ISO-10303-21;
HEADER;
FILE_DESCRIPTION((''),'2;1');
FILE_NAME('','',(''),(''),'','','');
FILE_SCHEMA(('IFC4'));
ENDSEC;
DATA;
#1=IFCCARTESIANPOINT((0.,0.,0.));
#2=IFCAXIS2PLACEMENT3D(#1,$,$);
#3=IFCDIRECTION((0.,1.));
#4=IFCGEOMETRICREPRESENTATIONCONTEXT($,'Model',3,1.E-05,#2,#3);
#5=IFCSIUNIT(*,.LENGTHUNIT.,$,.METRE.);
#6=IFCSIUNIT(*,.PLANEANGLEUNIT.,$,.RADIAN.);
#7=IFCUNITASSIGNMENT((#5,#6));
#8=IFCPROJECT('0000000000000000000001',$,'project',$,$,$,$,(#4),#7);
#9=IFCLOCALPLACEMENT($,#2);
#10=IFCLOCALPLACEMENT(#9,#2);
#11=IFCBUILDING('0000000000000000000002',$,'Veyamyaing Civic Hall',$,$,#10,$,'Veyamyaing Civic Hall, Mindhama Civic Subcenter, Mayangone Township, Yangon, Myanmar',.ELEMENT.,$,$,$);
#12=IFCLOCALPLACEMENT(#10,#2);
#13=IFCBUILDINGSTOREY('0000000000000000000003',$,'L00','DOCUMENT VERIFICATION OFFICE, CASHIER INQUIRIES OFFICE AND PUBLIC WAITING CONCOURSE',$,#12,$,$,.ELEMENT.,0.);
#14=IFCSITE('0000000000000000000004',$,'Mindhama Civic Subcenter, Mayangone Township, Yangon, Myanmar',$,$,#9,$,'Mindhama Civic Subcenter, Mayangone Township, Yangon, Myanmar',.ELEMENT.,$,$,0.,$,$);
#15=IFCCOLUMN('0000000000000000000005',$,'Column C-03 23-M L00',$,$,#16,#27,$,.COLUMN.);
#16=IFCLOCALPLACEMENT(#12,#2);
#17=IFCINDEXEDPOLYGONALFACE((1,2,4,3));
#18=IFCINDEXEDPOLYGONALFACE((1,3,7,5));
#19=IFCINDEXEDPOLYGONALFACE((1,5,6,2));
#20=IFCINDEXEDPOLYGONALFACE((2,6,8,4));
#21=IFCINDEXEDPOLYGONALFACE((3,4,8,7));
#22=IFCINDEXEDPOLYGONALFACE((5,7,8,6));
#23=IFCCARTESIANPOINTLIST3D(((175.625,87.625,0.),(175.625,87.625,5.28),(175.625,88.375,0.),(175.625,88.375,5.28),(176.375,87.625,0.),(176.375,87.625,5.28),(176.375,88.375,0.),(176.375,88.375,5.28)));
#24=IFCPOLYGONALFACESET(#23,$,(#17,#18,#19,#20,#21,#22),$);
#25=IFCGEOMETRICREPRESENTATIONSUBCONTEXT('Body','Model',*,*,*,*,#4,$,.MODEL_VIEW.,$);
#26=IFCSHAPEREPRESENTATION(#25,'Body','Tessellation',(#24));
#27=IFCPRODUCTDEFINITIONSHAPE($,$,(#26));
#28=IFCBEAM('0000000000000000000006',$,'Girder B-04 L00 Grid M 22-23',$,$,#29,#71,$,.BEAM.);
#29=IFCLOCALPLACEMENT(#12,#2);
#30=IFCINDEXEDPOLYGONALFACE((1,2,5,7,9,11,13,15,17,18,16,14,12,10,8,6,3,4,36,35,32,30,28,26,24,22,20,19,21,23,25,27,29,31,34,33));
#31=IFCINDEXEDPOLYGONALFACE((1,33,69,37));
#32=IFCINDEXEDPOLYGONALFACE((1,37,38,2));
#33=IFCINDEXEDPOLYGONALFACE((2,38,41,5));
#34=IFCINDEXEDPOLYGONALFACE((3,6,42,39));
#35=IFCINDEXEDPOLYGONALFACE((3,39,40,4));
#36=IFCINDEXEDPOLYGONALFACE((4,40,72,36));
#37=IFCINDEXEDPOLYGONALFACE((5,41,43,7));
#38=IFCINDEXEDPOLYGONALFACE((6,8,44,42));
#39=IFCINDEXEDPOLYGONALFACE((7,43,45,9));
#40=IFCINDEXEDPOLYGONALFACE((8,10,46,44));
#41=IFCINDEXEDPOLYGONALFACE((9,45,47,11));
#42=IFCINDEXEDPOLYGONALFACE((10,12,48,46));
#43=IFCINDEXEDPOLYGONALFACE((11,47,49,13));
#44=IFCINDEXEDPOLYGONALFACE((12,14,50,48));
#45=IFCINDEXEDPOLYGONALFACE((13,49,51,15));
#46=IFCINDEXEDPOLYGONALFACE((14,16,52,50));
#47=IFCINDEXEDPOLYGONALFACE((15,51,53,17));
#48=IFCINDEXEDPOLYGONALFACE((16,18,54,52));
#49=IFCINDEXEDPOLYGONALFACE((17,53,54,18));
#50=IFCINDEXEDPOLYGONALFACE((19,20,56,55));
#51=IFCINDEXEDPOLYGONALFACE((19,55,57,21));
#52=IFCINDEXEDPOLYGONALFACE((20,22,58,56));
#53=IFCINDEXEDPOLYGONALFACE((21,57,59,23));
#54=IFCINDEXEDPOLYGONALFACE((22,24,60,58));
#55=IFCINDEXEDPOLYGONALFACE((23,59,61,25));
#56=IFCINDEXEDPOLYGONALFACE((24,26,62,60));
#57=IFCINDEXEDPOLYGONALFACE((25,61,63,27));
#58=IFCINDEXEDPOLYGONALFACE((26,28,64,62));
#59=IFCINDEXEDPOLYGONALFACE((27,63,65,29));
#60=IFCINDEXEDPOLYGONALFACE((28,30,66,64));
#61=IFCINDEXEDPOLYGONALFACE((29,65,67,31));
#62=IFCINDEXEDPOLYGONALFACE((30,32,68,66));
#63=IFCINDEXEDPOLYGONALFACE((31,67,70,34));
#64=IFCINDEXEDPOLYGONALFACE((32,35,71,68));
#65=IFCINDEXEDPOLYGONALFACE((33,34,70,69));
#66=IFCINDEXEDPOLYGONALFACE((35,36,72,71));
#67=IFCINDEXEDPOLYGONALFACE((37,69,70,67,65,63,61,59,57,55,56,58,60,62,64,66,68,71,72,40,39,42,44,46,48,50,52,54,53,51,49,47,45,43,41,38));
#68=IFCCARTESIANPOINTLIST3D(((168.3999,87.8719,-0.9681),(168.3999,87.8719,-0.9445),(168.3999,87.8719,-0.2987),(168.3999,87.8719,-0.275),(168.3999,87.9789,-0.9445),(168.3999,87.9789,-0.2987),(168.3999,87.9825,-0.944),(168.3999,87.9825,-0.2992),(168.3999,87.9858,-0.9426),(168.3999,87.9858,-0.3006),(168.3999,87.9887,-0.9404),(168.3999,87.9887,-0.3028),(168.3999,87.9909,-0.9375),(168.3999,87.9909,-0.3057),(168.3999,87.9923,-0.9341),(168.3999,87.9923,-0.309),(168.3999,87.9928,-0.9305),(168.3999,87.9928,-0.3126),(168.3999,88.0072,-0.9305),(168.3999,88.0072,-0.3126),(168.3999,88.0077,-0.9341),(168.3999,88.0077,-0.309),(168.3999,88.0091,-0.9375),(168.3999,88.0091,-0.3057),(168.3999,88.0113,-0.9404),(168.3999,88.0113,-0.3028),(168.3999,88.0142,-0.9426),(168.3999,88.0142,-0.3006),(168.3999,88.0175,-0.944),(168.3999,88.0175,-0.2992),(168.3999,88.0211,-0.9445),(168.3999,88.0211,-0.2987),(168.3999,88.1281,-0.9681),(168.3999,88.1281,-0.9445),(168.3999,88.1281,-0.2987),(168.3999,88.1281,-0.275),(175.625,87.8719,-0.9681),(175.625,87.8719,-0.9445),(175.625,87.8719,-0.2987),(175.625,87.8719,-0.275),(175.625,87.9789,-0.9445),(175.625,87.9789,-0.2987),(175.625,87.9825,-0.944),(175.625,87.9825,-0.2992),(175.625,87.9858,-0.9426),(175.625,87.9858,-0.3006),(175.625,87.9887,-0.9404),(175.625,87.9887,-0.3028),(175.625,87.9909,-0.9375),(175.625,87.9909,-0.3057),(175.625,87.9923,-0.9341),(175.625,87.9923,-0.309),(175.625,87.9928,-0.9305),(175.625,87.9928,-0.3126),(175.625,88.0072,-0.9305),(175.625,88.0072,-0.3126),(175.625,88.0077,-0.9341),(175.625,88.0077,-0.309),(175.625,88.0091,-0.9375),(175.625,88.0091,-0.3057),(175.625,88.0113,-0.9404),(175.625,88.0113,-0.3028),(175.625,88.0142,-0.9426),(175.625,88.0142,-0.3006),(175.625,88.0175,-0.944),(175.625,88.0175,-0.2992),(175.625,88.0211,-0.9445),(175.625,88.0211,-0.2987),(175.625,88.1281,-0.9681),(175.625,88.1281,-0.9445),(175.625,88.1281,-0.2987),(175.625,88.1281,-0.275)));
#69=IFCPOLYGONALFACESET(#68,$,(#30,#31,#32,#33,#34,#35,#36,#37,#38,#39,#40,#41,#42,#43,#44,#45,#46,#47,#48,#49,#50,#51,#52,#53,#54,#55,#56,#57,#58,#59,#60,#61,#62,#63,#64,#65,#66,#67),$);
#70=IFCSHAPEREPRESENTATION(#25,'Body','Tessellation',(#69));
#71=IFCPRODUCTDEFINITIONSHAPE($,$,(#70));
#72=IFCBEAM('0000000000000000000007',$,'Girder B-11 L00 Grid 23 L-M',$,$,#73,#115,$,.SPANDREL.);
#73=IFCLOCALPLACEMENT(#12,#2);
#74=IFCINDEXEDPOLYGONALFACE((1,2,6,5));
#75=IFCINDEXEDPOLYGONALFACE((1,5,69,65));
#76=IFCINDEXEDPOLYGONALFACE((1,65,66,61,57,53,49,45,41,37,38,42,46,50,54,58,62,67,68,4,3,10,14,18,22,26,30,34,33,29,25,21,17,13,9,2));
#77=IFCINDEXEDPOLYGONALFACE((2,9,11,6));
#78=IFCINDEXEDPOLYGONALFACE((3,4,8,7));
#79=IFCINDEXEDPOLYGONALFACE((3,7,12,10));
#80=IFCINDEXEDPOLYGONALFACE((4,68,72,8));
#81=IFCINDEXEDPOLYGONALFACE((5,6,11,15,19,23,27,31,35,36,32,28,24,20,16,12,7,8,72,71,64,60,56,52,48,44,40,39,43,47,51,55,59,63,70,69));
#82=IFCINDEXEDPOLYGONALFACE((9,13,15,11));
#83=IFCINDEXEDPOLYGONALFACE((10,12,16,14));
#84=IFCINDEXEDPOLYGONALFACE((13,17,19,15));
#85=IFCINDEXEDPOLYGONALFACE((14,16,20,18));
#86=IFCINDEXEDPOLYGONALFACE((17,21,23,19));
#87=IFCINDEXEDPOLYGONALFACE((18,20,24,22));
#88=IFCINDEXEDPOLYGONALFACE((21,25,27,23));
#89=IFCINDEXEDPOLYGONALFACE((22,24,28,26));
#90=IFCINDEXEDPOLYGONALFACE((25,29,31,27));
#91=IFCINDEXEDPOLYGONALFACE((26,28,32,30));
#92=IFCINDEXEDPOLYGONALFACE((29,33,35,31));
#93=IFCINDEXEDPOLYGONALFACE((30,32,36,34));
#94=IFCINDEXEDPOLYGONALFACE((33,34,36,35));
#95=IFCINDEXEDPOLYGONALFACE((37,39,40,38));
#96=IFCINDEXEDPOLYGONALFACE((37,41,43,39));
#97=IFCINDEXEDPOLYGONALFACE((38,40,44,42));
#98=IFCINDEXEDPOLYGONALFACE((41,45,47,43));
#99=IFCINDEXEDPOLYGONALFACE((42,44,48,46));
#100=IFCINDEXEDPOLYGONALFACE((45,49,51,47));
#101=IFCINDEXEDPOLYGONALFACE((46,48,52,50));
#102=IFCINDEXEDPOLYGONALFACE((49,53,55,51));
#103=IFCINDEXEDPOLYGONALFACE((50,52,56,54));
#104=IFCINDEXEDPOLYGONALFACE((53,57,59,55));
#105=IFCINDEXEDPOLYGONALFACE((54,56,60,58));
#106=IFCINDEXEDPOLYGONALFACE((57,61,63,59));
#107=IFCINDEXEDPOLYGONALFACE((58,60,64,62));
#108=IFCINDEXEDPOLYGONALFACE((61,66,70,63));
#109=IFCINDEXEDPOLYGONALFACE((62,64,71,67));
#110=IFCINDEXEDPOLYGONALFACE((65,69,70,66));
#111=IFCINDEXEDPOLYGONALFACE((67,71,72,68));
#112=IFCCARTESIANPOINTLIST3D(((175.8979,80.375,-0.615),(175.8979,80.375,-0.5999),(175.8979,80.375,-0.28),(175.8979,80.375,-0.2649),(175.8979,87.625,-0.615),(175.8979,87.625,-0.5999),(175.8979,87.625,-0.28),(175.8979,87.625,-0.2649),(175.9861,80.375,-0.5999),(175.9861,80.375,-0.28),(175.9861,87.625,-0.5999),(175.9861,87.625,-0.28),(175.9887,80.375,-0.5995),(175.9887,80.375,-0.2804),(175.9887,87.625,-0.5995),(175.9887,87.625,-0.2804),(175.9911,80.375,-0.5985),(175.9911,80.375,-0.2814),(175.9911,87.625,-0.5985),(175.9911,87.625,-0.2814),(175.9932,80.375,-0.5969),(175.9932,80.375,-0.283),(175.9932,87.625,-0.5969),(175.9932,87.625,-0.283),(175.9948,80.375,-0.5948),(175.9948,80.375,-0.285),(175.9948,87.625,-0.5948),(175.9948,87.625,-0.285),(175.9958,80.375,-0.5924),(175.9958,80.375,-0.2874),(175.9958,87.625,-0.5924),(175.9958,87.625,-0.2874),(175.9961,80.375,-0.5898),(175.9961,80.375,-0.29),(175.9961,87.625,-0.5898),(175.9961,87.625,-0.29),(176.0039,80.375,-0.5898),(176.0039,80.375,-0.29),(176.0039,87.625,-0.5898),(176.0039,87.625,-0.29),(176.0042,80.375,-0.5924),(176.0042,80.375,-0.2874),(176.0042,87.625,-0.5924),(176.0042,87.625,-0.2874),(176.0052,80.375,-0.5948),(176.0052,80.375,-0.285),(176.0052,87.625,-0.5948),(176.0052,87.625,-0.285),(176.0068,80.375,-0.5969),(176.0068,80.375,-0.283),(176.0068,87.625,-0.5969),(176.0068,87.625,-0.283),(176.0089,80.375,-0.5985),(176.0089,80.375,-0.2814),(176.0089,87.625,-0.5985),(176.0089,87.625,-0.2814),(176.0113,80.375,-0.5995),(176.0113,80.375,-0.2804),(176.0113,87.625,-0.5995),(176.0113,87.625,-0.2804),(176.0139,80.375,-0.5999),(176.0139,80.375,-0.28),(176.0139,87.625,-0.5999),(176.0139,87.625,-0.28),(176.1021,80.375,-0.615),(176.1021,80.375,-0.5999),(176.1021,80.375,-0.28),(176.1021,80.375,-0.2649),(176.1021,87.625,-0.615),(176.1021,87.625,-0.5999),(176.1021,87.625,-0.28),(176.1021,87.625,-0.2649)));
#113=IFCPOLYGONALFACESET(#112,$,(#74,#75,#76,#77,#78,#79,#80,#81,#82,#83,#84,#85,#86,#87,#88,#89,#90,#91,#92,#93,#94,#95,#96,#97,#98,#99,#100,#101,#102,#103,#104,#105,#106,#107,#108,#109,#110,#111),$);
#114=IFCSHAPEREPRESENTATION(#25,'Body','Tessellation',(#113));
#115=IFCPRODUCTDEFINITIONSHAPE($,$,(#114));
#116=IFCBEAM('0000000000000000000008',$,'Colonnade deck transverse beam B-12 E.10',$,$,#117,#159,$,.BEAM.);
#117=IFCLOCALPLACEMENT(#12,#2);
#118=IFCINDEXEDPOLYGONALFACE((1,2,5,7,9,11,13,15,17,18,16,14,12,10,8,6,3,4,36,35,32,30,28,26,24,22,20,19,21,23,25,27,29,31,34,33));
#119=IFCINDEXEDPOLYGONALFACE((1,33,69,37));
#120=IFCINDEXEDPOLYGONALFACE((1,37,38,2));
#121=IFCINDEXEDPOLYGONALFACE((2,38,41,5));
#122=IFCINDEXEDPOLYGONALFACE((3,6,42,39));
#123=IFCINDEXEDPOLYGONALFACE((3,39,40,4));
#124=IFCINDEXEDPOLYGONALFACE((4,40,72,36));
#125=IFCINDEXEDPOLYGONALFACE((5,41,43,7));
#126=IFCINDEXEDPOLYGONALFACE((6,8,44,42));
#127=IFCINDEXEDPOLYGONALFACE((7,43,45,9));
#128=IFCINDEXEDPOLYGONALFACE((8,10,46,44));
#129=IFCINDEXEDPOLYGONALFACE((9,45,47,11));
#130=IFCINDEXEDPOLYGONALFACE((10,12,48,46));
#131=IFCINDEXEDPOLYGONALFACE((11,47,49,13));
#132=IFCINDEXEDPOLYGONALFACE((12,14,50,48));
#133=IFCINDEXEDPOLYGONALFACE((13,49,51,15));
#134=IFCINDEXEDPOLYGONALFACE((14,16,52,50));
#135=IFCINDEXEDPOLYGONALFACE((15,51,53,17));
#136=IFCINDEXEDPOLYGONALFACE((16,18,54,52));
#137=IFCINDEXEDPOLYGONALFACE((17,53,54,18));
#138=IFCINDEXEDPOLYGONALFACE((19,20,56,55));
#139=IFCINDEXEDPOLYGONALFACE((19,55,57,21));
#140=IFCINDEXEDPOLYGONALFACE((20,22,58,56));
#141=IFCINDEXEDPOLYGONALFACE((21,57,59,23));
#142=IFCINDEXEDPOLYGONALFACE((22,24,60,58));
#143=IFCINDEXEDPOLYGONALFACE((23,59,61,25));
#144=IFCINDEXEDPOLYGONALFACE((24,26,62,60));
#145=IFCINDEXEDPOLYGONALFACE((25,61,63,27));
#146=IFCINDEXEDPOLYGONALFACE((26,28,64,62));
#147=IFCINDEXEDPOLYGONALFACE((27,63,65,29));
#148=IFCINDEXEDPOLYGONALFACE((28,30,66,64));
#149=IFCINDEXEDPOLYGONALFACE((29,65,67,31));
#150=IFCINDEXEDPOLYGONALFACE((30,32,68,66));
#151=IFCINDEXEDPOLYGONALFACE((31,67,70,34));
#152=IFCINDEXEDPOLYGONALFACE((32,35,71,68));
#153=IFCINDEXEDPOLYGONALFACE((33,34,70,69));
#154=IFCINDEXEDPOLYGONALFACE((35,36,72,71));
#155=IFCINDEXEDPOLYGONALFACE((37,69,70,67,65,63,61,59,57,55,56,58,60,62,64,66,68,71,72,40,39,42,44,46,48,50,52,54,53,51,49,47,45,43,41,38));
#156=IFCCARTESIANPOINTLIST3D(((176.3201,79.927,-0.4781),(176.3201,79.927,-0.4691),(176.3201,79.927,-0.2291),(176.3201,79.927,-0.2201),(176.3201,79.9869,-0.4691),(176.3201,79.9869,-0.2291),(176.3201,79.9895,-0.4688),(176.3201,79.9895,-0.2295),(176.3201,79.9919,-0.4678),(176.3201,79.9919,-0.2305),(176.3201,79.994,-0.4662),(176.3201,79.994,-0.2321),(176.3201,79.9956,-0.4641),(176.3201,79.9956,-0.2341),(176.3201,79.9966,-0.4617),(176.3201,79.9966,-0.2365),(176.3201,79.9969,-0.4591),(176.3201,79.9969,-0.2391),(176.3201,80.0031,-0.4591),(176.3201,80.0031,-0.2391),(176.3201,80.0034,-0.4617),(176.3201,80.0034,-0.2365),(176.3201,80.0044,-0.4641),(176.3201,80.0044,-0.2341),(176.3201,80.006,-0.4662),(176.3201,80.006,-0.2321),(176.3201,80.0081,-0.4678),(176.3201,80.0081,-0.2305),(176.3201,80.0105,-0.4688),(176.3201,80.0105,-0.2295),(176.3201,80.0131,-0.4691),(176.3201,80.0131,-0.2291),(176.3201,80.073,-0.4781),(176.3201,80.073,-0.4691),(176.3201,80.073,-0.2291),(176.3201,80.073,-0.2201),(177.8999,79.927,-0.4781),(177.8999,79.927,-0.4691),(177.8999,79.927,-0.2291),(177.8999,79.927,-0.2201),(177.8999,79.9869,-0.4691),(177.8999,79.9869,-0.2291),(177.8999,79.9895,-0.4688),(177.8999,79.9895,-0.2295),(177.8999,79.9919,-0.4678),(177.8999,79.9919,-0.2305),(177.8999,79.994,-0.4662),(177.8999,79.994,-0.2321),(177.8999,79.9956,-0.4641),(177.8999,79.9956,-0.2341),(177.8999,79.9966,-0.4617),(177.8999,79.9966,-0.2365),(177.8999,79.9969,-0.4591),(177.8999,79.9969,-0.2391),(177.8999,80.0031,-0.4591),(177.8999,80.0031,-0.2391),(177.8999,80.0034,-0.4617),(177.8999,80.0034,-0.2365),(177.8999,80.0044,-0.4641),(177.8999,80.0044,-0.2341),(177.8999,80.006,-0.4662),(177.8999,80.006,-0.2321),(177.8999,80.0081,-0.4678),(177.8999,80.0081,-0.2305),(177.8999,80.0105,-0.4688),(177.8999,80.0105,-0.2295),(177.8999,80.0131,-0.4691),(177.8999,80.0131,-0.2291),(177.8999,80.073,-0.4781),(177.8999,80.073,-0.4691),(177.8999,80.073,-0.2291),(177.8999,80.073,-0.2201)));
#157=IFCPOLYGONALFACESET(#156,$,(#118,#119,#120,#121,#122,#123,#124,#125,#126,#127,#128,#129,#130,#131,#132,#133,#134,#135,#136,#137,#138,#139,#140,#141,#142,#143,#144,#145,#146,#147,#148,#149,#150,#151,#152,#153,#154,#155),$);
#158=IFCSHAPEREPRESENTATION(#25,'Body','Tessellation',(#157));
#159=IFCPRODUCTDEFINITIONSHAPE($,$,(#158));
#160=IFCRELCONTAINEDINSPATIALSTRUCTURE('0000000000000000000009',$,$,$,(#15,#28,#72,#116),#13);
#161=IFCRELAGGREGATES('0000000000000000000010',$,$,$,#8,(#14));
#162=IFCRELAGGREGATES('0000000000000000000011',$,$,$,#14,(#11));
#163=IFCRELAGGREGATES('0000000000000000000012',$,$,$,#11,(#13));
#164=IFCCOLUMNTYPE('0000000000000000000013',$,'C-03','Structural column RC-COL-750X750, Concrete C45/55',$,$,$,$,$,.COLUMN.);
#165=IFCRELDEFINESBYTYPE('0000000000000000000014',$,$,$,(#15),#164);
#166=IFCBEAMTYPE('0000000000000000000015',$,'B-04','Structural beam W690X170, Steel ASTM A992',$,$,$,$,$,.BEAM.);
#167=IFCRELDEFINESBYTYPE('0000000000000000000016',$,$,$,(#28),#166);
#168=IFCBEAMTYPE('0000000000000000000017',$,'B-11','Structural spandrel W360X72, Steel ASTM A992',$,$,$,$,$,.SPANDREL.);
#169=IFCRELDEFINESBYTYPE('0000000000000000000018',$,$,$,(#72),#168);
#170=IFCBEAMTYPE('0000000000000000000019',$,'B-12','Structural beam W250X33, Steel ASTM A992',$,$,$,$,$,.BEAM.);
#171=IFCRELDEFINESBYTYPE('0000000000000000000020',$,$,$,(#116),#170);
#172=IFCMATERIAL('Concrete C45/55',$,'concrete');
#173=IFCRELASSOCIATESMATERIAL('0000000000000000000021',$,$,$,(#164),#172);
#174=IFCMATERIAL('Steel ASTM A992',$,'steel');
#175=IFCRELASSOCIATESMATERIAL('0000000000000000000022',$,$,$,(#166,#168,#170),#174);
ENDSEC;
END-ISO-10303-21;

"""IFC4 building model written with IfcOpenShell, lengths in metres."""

from ifc_helpers import new_model, si_unit, direction, frame, origin, origin_2d, place, context, subcontext, project, spatial, rectangle, i_section, extrude, material, material_profile, profile_set, type_object, element, save


model = new_model("IFC4")

# Units and contexts
model_context = context("Model", 3, precision=1e-05, world=origin(), true_north=direction((0.0, 1.0)))
body_context = subcontext(model_context, "Body", "Model", "MODEL_VIEW")
ifc_project = project(units=[si_unit("LENGTHUNIT", "METRE"), si_unit("PLANEANGLEUNIT", "RADIAN")], contexts=[model_context])

# Site, building, storey
site_placement = place(None, origin())
site = spatial("IfcSite", under=ifc_project, at=site_placement, Name="Mindhama Civic Subcenter, Mayangone Township, Yangon, Myanmar", LongName="Mindhama Civic Subcenter, Mayangone Township, Yangon, Myanmar", CompositionType="ELEMENT", RefElevation=0.0)
building_placement = place(site_placement, origin())
building = spatial("IfcBuilding", under=site, at=building_placement, Name="Veyamyaing Civic Hall", LongName="Veyamyaing Civic Hall, Mindhama Civic Subcenter, Mayangone Township, Yangon, Myanmar", CompositionType="ELEMENT")
storey_placement = place(building_placement, origin())
storey = spatial("IfcBuildingStorey", under=building, at=storey_placement, Name="L00", Description="DOCUMENT VERIFICATION OFFICE, CASHIER INQUIRIES OFFICE AND PUBLIC WAITING CONCOURSE", CompositionType="ELEMENT", Elevation=0.0)

# Column
ifc_material_1 = material(Name="Concrete C45/55", Category="concrete")
ifc_material_profile_1 = material_profile(ifc_material_1, rectangle(XDim=0.75, YDim=0.75, at=origin_2d()), Name="RC-COL-750X750")
ifc_profile_set_1 = profile_set([ifc_material_profile_1], Name="Concrete C45/55")
column_type = type_object("IfcColumnType", Name="C-03", Description="Structural column RC-COL-750X750, Concrete C45/55", PredefinedType="COLUMN", material=ifc_profile_set_1)
column_placement = place(storey_placement, frame((176.0, 88.0, 0.0), z_axis=(0.0, 0.0, 1.0), x_axis=(1.0, 0.0, 0.0)))
element("IfcColumn", 1, at=column_placement, inside=storey, type_object=column_type, Name="Column C-03 23-M L00", PredefinedType="COLUMN", context=body_context, shape_type="SweptSolid", body=[
    extrude(rectangle(XDim=0.75, YDim=0.75, at=origin_2d()), origin(), (0.0, 0.0, 1.0), 5.28),
])

# Beams
ifc_material_2 = material(Name="Steel ASTM A992", Category="steel")
ifc_material_profile_2 = material_profile(ifc_material_2, i_section(OverallWidth=0.2561, OverallDepth=0.6931, WebThickness=0.0144, FlangeThickness=0.0237, FilletRadius=0.0139, at=origin_2d()), Name="W690X170")
ifc_profile_set_2 = profile_set([ifc_material_profile_2], Name="Steel ASTM A992")
beam_type_1 = type_object("IfcBeamType", Name="B-04", Description="Structural beam W690X170, Steel ASTM A992", PredefinedType="BEAM", material=ifc_profile_set_2)
beam_1_placement = place(storey_placement, frame((168.3999, 88.0, -0.6216), z_axis=(1.0, 0.0, 0.0), x_axis=(0.0, 1.0, 0.0)))
element("IfcBeam", 2, at=beam_1_placement, inside=storey, type_object=beam_type_1, Name="Girder B-04 L00 Grid M 22-23", PredefinedType="BEAM", context=body_context, shape_type="SweptSolid", body=[
    extrude(i_section(OverallWidth=0.2561, OverallDepth=0.6931, WebThickness=0.0144, FlangeThickness=0.0237, FilletRadius=0.0139, at=origin_2d()), origin(), (0.0, 0.0, 1.0), 7.2251),
])
ifc_material_profile_3 = material_profile(ifc_material_2, i_section(OverallWidth=0.2041, OverallDepth=0.3501, WebThickness=0.0078, FlangeThickness=0.0151, FilletRadius=0.01, at=origin_2d()), Name="W360X72")
ifc_profile_set_3 = profile_set([ifc_material_profile_3], Name="Steel ASTM A992")
beam_type_2 = type_object("IfcBeamType", Name="B-11", Description="Structural spandrel W360X72, Steel ASTM A992", PredefinedType="SPANDREL", material=ifc_profile_set_3)
beam_2_placement = place(storey_placement, frame((176.0, 80.375, -0.4399), z_axis=(0.0, 1.0, 0.0), x_axis=(-1.0, 0.0, 0.0)))
element("IfcBeam", 3, at=beam_2_placement, inside=storey, type_object=beam_type_2, Name="Girder B-11 L00 Grid 23 L-M", PredefinedType="SPANDREL", context=body_context, shape_type="SweptSolid", body=[
    extrude(i_section(OverallWidth=0.2041, OverallDepth=0.3501, WebThickness=0.0078, FlangeThickness=0.0151, FilletRadius=0.01, at=origin_2d()), origin(), (0.0, 0.0, 1.0), 7.25),
])
ifc_material_profile_4 = material_profile(ifc_material_2, i_section(OverallWidth=0.146, OverallDepth=0.2581, WebThickness=0.0061, FlangeThickness=0.009, FilletRadius=0.01, at=origin_2d()), Name="W250X33")
ifc_profile_set_4 = profile_set([ifc_material_profile_4], Name="Steel ASTM A992")
beam_type_3 = type_object("IfcBeamType", Name="B-12", Description="Structural beam W250X33, Steel ASTM A992", PredefinedType="BEAM", material=ifc_profile_set_4)
for number, where, z_axis, x_axis, name in (
    (4, (176.3201, 80.0, -0.3491), (1.0, 0.0, 0.0), (0.0, 1.0, 0.0), "Colonnade deck transverse beam B-12 E.10"),
):
    element("IfcBeam", number, at=place(storey_placement, frame(where, z_axis=z_axis, x_axis=x_axis)), inside=storey, type_object=beam_type_3, Name=name, PredefinedType="BEAM", context=body_context, shape_type="SweptSolid", body=[
        extrude(i_section(OverallWidth=0.146, OverallDepth=0.2581, WebThickness=0.0061, FlangeThickness=0.009, FilletRadius=0.01, at=origin_2d()), origin(), (0.0, 0.0, 1.0), 1.5798),
    ])

save(model, "model.ifc")
